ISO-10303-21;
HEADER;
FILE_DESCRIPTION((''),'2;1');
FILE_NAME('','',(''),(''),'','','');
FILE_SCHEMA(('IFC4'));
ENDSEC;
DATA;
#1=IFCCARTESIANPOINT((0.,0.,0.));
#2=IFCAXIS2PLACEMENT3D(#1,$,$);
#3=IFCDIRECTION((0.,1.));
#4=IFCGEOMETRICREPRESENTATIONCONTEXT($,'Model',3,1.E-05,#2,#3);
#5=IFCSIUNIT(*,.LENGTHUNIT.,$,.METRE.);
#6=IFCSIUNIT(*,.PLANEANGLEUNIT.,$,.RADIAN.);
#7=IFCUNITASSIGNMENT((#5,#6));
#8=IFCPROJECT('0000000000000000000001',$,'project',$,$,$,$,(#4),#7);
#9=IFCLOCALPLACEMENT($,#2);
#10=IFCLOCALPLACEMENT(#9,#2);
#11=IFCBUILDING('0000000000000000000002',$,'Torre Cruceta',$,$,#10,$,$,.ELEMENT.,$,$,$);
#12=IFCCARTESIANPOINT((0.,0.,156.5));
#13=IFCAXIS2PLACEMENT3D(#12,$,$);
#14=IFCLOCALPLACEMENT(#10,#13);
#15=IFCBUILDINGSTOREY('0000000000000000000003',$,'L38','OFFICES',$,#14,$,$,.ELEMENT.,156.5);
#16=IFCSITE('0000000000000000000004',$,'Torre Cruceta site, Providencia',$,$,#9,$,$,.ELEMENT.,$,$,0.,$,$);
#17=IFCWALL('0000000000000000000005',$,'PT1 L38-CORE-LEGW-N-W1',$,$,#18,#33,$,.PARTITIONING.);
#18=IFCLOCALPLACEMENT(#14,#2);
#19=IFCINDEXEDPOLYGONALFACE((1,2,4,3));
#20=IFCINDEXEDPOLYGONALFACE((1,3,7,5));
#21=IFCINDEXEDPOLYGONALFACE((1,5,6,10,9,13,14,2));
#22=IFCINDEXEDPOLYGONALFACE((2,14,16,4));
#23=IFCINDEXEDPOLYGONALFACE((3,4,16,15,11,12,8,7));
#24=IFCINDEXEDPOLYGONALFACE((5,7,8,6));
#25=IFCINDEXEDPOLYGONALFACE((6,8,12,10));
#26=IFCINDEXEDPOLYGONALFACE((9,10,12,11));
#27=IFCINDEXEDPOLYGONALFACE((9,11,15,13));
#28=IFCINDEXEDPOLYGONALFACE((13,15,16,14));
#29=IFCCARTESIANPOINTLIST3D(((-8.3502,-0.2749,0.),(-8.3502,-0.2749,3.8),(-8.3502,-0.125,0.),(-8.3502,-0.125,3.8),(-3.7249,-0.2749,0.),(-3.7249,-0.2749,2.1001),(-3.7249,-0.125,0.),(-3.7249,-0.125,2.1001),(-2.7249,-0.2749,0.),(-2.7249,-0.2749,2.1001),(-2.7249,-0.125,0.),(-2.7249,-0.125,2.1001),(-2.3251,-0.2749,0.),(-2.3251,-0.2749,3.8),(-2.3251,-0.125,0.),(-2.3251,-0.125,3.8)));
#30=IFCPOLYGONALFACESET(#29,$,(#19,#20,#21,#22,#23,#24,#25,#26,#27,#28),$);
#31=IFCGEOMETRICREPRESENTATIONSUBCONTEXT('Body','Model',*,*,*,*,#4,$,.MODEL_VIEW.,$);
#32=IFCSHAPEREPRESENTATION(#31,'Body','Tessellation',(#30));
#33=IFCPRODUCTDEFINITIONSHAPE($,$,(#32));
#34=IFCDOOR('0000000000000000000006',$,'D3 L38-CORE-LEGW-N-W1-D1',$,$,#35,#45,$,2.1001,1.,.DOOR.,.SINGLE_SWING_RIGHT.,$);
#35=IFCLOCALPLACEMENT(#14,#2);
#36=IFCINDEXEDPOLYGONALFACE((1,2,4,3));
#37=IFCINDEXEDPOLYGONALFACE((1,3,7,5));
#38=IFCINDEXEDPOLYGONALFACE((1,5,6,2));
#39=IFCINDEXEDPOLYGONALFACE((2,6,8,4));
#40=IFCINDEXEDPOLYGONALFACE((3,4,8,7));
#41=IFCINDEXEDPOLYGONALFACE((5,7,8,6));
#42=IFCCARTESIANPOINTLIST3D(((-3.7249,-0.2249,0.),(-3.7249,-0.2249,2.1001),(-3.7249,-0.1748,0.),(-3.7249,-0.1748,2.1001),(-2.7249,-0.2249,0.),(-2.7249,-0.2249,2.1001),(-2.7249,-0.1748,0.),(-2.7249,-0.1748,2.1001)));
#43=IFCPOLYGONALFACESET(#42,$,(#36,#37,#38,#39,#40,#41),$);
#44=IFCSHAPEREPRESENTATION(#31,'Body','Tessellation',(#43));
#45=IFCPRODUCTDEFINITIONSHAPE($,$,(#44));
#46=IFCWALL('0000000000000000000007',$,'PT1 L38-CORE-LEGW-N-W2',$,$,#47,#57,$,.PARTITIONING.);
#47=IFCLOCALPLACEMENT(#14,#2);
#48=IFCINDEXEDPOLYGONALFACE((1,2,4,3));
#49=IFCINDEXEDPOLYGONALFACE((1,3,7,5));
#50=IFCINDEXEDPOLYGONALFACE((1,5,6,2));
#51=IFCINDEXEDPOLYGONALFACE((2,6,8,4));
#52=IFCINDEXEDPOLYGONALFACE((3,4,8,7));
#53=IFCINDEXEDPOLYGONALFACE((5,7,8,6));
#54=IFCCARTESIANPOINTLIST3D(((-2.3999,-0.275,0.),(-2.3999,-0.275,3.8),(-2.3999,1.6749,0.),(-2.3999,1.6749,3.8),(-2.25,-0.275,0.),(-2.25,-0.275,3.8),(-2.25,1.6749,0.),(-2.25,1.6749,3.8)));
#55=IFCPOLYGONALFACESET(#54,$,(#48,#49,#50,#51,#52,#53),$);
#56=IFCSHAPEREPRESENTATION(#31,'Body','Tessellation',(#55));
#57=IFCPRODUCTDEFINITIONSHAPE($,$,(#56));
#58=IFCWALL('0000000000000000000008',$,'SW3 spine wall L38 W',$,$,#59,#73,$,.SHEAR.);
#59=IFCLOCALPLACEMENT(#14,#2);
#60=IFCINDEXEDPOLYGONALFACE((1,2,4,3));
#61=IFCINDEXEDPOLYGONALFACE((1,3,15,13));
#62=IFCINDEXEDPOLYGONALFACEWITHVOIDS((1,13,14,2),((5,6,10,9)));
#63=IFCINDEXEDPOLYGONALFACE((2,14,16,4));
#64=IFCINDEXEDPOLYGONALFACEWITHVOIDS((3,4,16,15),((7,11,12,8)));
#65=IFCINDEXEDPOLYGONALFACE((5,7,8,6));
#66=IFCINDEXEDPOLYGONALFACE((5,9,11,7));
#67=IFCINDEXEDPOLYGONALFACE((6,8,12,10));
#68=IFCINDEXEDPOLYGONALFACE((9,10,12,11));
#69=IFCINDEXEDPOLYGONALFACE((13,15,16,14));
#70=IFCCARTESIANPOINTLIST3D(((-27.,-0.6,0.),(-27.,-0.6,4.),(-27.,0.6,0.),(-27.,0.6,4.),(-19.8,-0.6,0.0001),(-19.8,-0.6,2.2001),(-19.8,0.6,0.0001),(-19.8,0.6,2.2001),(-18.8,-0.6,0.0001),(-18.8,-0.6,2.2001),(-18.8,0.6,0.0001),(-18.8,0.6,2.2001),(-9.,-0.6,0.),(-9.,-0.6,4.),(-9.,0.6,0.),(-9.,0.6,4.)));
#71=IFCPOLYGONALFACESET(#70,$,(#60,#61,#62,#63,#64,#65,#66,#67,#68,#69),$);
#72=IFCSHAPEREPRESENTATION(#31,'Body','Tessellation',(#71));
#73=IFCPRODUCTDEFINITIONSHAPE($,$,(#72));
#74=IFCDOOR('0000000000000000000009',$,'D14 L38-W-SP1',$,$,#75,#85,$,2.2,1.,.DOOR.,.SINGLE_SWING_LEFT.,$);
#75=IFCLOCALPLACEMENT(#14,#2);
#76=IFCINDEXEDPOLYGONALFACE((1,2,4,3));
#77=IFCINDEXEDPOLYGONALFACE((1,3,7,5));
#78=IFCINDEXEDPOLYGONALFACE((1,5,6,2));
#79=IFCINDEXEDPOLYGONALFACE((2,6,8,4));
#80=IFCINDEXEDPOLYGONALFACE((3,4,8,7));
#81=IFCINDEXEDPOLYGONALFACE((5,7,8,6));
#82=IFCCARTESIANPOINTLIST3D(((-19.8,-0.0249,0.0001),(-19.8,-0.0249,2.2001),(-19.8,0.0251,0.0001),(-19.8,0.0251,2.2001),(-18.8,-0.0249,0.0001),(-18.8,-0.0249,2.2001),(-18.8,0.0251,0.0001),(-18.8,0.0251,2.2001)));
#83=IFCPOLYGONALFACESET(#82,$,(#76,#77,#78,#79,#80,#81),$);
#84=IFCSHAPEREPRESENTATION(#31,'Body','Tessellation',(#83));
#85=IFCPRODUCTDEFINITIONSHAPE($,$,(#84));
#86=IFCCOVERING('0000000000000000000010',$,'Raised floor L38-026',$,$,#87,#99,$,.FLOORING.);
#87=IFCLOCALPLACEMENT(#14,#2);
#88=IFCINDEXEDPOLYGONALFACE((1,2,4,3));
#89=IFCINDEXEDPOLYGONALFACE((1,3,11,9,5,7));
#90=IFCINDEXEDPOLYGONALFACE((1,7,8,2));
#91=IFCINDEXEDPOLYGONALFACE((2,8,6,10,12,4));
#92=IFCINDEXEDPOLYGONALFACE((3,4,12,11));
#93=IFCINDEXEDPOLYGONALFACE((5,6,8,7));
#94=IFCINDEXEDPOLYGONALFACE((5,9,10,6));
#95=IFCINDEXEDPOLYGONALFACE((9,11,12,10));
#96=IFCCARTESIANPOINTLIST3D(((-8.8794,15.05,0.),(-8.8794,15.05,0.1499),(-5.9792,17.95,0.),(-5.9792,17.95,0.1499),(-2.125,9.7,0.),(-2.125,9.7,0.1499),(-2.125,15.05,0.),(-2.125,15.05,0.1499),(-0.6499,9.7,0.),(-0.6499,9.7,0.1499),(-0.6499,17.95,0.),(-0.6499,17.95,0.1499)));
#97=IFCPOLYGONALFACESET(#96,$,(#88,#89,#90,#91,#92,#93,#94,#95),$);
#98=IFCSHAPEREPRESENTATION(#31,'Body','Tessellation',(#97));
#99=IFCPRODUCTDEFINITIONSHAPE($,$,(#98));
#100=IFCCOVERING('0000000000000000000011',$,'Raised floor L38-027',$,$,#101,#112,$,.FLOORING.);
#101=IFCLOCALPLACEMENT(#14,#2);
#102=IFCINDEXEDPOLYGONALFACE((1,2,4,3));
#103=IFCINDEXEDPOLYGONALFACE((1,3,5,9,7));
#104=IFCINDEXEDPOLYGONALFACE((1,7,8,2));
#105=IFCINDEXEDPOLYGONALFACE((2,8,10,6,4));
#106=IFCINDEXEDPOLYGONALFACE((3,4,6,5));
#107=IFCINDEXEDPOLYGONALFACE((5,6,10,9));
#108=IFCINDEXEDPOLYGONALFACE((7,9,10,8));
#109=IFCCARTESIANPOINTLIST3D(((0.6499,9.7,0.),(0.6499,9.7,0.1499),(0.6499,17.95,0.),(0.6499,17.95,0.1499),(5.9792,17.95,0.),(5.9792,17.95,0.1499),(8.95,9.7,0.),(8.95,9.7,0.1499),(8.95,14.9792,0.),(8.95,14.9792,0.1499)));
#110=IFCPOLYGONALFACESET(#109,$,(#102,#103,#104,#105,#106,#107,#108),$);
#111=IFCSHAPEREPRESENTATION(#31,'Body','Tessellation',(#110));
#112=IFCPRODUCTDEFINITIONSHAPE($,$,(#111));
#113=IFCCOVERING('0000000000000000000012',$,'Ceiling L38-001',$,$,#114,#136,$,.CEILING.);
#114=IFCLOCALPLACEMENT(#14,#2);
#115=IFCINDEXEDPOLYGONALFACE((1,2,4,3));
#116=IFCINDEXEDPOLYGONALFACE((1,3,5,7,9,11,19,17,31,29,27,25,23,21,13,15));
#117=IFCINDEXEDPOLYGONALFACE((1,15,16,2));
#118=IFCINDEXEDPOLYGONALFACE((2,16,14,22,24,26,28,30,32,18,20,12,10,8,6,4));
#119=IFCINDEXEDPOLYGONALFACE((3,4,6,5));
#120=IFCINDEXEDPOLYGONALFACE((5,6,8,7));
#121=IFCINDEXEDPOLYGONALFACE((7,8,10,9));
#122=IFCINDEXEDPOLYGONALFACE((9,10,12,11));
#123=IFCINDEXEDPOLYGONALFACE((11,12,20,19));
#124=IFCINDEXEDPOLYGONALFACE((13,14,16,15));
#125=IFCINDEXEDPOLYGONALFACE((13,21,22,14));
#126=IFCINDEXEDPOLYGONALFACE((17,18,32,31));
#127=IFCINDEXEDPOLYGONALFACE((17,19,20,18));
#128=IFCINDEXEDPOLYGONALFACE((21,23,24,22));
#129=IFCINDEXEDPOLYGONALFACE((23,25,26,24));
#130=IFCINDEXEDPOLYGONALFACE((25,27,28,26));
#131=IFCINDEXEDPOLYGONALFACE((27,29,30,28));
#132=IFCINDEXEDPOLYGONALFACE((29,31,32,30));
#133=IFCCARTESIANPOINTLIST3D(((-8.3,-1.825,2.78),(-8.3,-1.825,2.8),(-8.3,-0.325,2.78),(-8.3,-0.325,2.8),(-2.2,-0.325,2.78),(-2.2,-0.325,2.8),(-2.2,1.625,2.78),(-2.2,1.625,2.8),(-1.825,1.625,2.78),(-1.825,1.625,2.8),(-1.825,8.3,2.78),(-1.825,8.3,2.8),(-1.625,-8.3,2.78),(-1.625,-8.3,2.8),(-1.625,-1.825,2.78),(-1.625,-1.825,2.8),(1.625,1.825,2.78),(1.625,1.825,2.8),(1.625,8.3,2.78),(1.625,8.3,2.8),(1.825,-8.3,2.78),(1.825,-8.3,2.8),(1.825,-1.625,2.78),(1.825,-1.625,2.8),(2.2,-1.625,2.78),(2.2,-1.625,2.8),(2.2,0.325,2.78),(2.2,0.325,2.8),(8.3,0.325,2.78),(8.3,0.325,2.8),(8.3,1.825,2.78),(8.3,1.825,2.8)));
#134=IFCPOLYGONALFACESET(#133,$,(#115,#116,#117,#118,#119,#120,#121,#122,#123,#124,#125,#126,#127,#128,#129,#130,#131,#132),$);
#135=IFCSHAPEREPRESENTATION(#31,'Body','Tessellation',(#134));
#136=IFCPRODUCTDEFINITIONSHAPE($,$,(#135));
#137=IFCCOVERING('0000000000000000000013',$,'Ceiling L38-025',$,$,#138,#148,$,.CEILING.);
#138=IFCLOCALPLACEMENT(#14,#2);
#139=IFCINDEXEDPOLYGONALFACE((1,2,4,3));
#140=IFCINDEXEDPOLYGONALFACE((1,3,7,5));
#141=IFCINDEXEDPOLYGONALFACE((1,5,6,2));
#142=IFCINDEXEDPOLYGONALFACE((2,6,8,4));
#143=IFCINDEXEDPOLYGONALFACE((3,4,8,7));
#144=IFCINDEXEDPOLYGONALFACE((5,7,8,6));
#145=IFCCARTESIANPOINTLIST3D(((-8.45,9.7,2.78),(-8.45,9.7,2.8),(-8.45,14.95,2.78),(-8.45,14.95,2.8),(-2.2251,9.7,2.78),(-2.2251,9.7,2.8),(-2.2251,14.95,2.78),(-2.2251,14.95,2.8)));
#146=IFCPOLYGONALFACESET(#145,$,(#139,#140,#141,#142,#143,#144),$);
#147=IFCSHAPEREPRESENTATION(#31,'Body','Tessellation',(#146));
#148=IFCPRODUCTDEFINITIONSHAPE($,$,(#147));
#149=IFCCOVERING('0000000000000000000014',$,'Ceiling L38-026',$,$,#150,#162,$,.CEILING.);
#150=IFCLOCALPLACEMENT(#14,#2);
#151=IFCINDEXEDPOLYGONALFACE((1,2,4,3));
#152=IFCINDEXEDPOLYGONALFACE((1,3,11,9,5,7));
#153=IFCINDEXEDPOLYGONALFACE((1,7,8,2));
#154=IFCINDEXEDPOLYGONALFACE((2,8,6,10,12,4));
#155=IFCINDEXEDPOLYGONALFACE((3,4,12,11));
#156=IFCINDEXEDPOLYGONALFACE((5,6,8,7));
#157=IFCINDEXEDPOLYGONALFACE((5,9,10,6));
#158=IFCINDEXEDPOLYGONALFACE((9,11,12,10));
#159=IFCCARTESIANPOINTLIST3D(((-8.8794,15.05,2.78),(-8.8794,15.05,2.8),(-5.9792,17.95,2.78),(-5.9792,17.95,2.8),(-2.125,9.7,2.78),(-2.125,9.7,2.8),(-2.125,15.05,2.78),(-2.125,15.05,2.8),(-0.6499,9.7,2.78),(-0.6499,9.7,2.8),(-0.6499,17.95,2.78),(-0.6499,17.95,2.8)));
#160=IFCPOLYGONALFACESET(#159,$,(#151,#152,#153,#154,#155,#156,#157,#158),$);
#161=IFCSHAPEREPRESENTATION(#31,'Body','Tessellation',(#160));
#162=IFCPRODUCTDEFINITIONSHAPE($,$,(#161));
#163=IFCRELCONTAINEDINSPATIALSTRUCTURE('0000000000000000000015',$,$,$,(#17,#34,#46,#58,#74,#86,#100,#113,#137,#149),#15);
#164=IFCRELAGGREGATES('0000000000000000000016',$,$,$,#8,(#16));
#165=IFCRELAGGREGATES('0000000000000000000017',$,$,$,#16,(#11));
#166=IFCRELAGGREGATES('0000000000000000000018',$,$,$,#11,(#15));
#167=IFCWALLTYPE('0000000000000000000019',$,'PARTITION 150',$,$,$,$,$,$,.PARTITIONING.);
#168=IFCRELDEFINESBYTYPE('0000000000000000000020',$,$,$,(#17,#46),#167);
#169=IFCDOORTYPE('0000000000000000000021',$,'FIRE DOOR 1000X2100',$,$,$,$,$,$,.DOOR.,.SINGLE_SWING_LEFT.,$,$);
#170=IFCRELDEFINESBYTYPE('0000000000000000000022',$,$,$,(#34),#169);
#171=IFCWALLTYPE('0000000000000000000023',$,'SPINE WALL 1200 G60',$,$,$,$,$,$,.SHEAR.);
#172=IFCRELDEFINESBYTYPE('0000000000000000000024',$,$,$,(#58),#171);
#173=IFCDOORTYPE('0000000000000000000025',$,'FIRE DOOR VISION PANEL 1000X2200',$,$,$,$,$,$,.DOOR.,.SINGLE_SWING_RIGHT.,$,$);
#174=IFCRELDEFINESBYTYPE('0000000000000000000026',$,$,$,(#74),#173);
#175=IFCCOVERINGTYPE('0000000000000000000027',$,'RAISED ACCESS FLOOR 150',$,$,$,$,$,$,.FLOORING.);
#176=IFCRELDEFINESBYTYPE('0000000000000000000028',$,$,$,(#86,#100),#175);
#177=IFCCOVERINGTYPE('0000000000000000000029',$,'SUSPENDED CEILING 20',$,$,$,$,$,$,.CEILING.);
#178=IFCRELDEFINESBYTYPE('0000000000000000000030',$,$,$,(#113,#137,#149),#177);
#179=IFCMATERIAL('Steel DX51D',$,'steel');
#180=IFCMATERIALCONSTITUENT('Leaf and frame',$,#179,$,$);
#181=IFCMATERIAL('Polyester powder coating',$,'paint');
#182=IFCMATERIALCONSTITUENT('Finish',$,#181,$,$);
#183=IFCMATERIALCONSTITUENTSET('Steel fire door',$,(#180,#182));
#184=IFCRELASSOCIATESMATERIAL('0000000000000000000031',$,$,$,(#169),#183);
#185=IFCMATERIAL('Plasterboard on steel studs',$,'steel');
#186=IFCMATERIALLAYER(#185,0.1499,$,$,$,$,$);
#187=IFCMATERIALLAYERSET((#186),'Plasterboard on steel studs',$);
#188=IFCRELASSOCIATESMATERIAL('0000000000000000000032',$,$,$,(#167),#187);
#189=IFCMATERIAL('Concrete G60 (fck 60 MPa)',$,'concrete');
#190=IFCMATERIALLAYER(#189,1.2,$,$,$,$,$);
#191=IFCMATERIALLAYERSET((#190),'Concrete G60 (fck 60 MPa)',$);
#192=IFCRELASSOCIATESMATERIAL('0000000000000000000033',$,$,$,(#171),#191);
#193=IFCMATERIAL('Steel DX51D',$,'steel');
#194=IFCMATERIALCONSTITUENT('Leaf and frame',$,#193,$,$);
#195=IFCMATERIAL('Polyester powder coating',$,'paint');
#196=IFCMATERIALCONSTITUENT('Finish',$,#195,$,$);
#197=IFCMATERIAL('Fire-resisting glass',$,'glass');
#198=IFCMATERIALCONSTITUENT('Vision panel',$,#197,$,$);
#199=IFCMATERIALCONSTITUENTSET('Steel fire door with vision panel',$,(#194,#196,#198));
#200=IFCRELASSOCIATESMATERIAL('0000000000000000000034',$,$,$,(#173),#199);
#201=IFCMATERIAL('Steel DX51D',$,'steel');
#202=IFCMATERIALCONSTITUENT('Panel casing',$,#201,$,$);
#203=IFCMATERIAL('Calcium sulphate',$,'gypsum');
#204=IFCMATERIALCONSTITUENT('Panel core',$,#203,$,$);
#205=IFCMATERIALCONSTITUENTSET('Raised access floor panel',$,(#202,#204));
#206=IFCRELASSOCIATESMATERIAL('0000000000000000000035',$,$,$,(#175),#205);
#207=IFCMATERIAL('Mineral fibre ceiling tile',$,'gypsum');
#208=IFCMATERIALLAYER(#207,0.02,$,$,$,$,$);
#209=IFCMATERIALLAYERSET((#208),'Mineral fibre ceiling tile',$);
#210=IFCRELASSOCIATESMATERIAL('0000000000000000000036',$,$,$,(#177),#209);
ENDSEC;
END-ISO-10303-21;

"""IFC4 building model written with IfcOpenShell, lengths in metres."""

from ifc_helpers import new_model, si_unit, direction, frame, frame_2d, origin, place, context, subcontext, project, spatial, polyline, rectangle, outline, extrude, material, layer, layer_set, constituent, constituent_set, type_object, element, fill, save


model = new_model("IFC4")

# Units and contexts
model_context = context("Model", 3, precision=1e-05, world=origin(), true_north=direction((0.0, 1.0)))
body_context = subcontext(model_context, "Body", "Model", "MODEL_VIEW")
ifc_project = project(units=[si_unit("LENGTHUNIT", "METRE"), si_unit("PLANEANGLEUNIT", "RADIAN")], contexts=[model_context])

# Site, building, storey
site_placement = place(None, origin())
site = spatial("IfcSite", under=ifc_project, at=site_placement, Name="Torre Cruceta site, Providencia", CompositionType="ELEMENT", RefElevation=0.0)
building_placement = place(site_placement, origin())
building = spatial("IfcBuilding", under=site, at=building_placement, Name="Torre Cruceta", CompositionType="ELEMENT")
storey_placement = place(building_placement, frame((0.0, 0.0, 156.5)))
storey = spatial("IfcBuildingStorey", under=building, at=storey_placement, Name="L38", Description="OFFICES", CompositionType="ELEMENT", Elevation=156.5)

# Shared definitions
ifc_material_1 = material(Name="Steel DX51D", Category="steel")
ifc_constituent_1 = constituent(ifc_material_1, Name="Leaf and frame")
ifc_material_2 = material(Name="Polyester powder coating", Category="paint")
ifc_constituent_2 = constituent(ifc_material_2, Name="Finish")
ifc_constituent_set_1 = constituent_set(constituents=[ifc_constituent_1, ifc_constituent_2], Name="Steel fire door")
door_type_1 = type_object("IfcDoorType", Name="FIRE DOOR 1000X2100", OperationType="SINGLE_SWING_LEFT", PredefinedType="DOOR", material=ifc_constituent_set_1)

# Wall, opening, door
ifc_material_3 = material(Name="Plasterboard on steel studs", Category="steel")
ifc_layer_1 = layer(ifc_material_3, 0.1499)
ifc_layer_set_1 = layer_set([ifc_layer_1], Name="Plasterboard on steel studs")
wall_type_1 = type_object("IfcWallType", Name="PARTITION 150", PredefinedType="PARTITIONING", material=ifc_layer_set_1)
wall_1_placement = place(storey_placement, frame((-2.325, -0.2, 0.0), z_axis=(0.0, 0.0, 1.0), x_axis=(-1.0, 0.0, 0.0)))
wall_1 = element("IfcWall", 1, at=wall_1_placement, inside=storey, type_object=wall_type_1, Name="PT1 L38-CORE-LEGW-N-W1", PredefinedType="PARTITIONING", context=body_context, shape_type="SweptSolid", body=[
    extrude(rectangle(XDim=6.0251, YDim=0.1499, at=frame_2d((3.0127, 0.0))), origin(), (0.0, 0.0, 1.0), 3.8),
])
opening_1_placement = place(wall_1_placement, frame((0.3999, 0.0, 0.0)))
opening_1 = element("IfcOpeningElement", 2, at=opening_1_placement, cuts=wall_1, PredefinedType="OPENING", context=body_context, shape_type="SweptSolid", body=[
    extrude(rectangle(XDim=1.0, YDim=2.1001, at=frame_2d((0.5, 1.05))), frame((0.0, 0.085, 0.0), z_axis=(0.0, -1.0, 0.0), x_axis=(1.0, 0.0, 0.0)), (0.0, 0.0, 1.0), 0.1699),
])
door_1_placement = place(opening_1_placement, frame((1.0, 0.0, 0.0), z_axis=(0.0, 0.0, 1.0), x_axis=(-1.0, 0.0, 0.0)))
door_1 = element("IfcDoor", 3, at=door_1_placement, inside=storey, type_object=door_type_1, Name="D3 L38-CORE-LEGW-N-W1-D1", OperationType="SINGLE_SWING_RIGHT", OverallHeight=2.1001, OverallWidth=1.0, PredefinedType="DOOR", context=body_context, shape_type="SweptSolid", body=[
    extrude(rectangle(XDim=1.0, YDim=2.1001, at=frame_2d((0.5, 1.05))), frame((0.0, 0.0251, 0.0), z_axis=(0.0, -1.0, 0.0), x_axis=(1.0, 0.0, 0.0)), (0.0, 0.0, 1.0), 0.05),
])
fill(opening_1, door_1)

# Wall
wall_2_placement = place(storey_placement, frame((-2.325, 1.675, 0.0), z_axis=(0.0, 0.0, 1.0), x_axis=(0.0, -1.0, 0.0)))
element("IfcWall", 4, at=wall_2_placement, inside=storey, type_object=wall_type_1, Name="PT1 L38-CORE-LEGW-N-W2", PredefinedType="PARTITIONING", context=body_context, shape_type="SweptSolid", body=[
    extrude(rectangle(XDim=1.95, YDim=0.1499, at=frame_2d((0.9751, 0.0))), origin(), (0.0, 0.0, 1.0), 3.8),
])

# Wall, opening, door
ifc_material_4 = material(Name="Concrete G60 (fck 60 MPa)", Category="concrete")
ifc_layer_2 = layer(ifc_material_4, 1.2)
ifc_layer_set_2 = layer_set([ifc_layer_2], Name="Concrete G60 (fck 60 MPa)")
wall_type_2 = type_object("IfcWallType", Name="SPINE WALL 1200 G60", PredefinedType="SHEAR", material=ifc_layer_set_2)
wall_3_placement = place(storey_placement, frame((-9.0, 0.0, 0.0), z_axis=(0.0, 0.0, 1.0), x_axis=(-1.0, 0.0, 0.0)))
wall_3 = element("IfcWall", 5, at=wall_3_placement, inside=storey, type_object=wall_type_2, Name="SW3 spine wall L38 W", PredefinedType="SHEAR", context=body_context, shape_type="SweptSolid", body=[
    extrude(rectangle(XDim=18.0, YDim=1.2, at=frame_2d((9.0, 0.0))), origin(), (0.0, 0.0, 1.0), 4.0),
])
opening_2_placement = place(wall_3_placement, frame((9.8, 0.0, 0.0)))
opening_2 = element("IfcOpeningElement", 6, at=opening_2_placement, cuts=wall_3, PredefinedType="OPENING", context=body_context, shape_type="SweptSolid", body=[
    extrude(rectangle(XDim=1.0, YDim=2.2, at=frame_2d((0.5, 1.1001))), frame((0.0, 0.6099, 0.0), z_axis=(0.0, -1.0, 0.0), x_axis=(1.0, 0.0, 0.0)), (0.0, 0.0, 1.0), 1.22),
])
ifc_material_5 = material(Name="Steel DX51D", Category="steel")
ifc_constituent_3 = constituent(ifc_material_5, Name="Leaf and frame")
ifc_material_6 = material(Name="Polyester powder coating", Category="paint")
ifc_constituent_4 = constituent(ifc_material_6, Name="Finish")
ifc_material_7 = material(Name="Fire-resisting glass", Category="glass")
ifc_constituent_5 = constituent(ifc_material_7, Name="Vision panel")
ifc_constituent_set_2 = constituent_set(constituents=[ifc_constituent_3, ifc_constituent_4, ifc_constituent_5], Name="Steel fire door with vision panel")
door_type_2 = type_object("IfcDoorType", Name="FIRE DOOR VISION PANEL 1000X2200", OperationType="SINGLE_SWING_RIGHT", PredefinedType="DOOR", material=ifc_constituent_set_2)
door_2_placement = place(opening_2_placement, frame((1.0, 0.0, 0.0), z_axis=(0.0, 0.0, 1.0), x_axis=(-1.0, 0.0, 0.0)))
door_2 = element("IfcDoor", 7, at=door_2_placement, inside=storey, type_object=door_type_2, Name="D14 L38-W-SP1", OperationType="SINGLE_SWING_LEFT", OverallHeight=2.2, OverallWidth=1.0, PredefinedType="DOOR", context=body_context, shape_type="SweptSolid", body=[
    extrude(rectangle(XDim=1.0, YDim=2.2, at=frame_2d((0.5, 1.1001))), frame((0.0, 0.0251, 0.0), z_axis=(0.0, -1.0, 0.0), x_axis=(1.0, 0.0, 0.0)), (0.0, 0.0, 1.0), 0.05),
])
fill(opening_2, door_2)

# Coverings
ifc_material_8 = material(Name="Steel DX51D", Category="steel")
ifc_constituent_6 = constituent(ifc_material_8, Name="Panel casing")
ifc_material_9 = material(Name="Calcium sulphate", Category="gypsum")
ifc_constituent_7 = constituent(ifc_material_9, Name="Panel core")
ifc_constituent_set_3 = constituent_set(constituents=[ifc_constituent_6, ifc_constituent_7], Name="Raised access floor panel")
covering_type_1 = type_object("IfcCoveringType", Name="RAISED ACCESS FLOOR 150", PredefinedType="FLOORING", material=ifc_constituent_set_3)
covering_1_placement = place(storey_placement, origin())
element("IfcCovering", 8, at=covering_1_placement, inside=storey, type_object=covering_type_1, Name="Raised floor L38-026", PredefinedType="FLOORING", context=body_context, shape_type="SweptSolid", body=[
    extrude(outline(polyline([(-0.6499, 17.95), (-0.6499, 9.7), (-2.125, 9.7), (-2.125, 15.05), (-8.8794, 15.05), (-5.9792, 17.95), (-0.6499, 17.95)])), origin(), (0.0, 0.0, 1.0), 0.1499),
])
covering_2_placement = place(storey_placement, origin())
element("IfcCovering", 9, at=covering_2_placement, inside=storey, type_object=covering_type_1, Name="Raised floor L38-027", PredefinedType="FLOORING", context=body_context, shape_type="SweptSolid", body=[
    extrude(outline(polyline([(5.9792, 17.95), (8.95, 14.9792), (8.95, 9.7), (0.6499, 9.7), (0.6499, 17.95), (5.9792, 17.95)])), origin(), (0.0, 0.0, 1.0), 0.1499),
])
ifc_material_10 = material(Name="Mineral fibre ceiling tile", Category="gypsum")
ifc_layer_3 = layer(ifc_material_10, 0.02)
ifc_layer_set_3 = layer_set([ifc_layer_3], Name="Mineral fibre ceiling tile")
covering_type_2 = type_object("IfcCoveringType", Name="SUSPENDED CEILING 20", PredefinedType="CEILING", material=ifc_layer_set_3)
covering_3_placement = place(storey_placement, frame((0.0, 0.0, 2.78)))
element("IfcCovering", 10, at=covering_3_placement, inside=storey, type_object=covering_type_2, Name="Ceiling L38-001", PredefinedType="CEILING", context=body_context, shape_type="SweptSolid", body=[
    extrude(outline(polyline([(1.825, -8.3), (-1.625, -8.3), (-1.625, -1.825), (-8.3, -1.825), (-8.3, -0.325), (-2.2, -0.325), (-2.2, 1.625), (-1.825, 1.625), (-1.825, 8.3), (1.625, 8.3), (1.625, 1.825), (8.3, 1.825), (8.3, 0.325), (2.2, 0.325), (2.2, -1.625), (1.825, -1.625), (1.825, -8.3)])), origin(), (0.0, 0.0, 1.0), 0.02),
])
covering_4_placement = place(storey_placement, frame((0.0, 0.0, 2.78)))
element("IfcCovering", 11, at=covering_4_placement, inside=storey, type_object=covering_type_2, Name="Ceiling L38-025", PredefinedType="CEILING", context=body_context, shape_type="SweptSolid", body=[
    extrude(outline(polyline([(-2.2251, 9.7), (-8.45, 9.7), (-8.45, 14.95), (-2.2251, 14.95), (-2.2251, 9.7)])), origin(), (0.0, 0.0, 1.0), 0.02),
])
covering_5_placement = place(storey_placement, frame((0.0, 0.0, 2.78)))
element("IfcCovering", 12, at=covering_5_placement, inside=storey, type_object=covering_type_2, Name="Ceiling L38-026", PredefinedType="CEILING", context=body_context, shape_type="SweptSolid", body=[
    extrude(outline(polyline([(-0.6499, 17.95), (-0.6499, 9.7), (-2.125, 9.7), (-2.125, 15.05), (-8.8794, 15.05), (-5.9792, 17.95), (-0.6499, 17.95)])), origin(), (0.0, 0.0, 1.0), 0.02),
])

save(model, "model.ifc")
